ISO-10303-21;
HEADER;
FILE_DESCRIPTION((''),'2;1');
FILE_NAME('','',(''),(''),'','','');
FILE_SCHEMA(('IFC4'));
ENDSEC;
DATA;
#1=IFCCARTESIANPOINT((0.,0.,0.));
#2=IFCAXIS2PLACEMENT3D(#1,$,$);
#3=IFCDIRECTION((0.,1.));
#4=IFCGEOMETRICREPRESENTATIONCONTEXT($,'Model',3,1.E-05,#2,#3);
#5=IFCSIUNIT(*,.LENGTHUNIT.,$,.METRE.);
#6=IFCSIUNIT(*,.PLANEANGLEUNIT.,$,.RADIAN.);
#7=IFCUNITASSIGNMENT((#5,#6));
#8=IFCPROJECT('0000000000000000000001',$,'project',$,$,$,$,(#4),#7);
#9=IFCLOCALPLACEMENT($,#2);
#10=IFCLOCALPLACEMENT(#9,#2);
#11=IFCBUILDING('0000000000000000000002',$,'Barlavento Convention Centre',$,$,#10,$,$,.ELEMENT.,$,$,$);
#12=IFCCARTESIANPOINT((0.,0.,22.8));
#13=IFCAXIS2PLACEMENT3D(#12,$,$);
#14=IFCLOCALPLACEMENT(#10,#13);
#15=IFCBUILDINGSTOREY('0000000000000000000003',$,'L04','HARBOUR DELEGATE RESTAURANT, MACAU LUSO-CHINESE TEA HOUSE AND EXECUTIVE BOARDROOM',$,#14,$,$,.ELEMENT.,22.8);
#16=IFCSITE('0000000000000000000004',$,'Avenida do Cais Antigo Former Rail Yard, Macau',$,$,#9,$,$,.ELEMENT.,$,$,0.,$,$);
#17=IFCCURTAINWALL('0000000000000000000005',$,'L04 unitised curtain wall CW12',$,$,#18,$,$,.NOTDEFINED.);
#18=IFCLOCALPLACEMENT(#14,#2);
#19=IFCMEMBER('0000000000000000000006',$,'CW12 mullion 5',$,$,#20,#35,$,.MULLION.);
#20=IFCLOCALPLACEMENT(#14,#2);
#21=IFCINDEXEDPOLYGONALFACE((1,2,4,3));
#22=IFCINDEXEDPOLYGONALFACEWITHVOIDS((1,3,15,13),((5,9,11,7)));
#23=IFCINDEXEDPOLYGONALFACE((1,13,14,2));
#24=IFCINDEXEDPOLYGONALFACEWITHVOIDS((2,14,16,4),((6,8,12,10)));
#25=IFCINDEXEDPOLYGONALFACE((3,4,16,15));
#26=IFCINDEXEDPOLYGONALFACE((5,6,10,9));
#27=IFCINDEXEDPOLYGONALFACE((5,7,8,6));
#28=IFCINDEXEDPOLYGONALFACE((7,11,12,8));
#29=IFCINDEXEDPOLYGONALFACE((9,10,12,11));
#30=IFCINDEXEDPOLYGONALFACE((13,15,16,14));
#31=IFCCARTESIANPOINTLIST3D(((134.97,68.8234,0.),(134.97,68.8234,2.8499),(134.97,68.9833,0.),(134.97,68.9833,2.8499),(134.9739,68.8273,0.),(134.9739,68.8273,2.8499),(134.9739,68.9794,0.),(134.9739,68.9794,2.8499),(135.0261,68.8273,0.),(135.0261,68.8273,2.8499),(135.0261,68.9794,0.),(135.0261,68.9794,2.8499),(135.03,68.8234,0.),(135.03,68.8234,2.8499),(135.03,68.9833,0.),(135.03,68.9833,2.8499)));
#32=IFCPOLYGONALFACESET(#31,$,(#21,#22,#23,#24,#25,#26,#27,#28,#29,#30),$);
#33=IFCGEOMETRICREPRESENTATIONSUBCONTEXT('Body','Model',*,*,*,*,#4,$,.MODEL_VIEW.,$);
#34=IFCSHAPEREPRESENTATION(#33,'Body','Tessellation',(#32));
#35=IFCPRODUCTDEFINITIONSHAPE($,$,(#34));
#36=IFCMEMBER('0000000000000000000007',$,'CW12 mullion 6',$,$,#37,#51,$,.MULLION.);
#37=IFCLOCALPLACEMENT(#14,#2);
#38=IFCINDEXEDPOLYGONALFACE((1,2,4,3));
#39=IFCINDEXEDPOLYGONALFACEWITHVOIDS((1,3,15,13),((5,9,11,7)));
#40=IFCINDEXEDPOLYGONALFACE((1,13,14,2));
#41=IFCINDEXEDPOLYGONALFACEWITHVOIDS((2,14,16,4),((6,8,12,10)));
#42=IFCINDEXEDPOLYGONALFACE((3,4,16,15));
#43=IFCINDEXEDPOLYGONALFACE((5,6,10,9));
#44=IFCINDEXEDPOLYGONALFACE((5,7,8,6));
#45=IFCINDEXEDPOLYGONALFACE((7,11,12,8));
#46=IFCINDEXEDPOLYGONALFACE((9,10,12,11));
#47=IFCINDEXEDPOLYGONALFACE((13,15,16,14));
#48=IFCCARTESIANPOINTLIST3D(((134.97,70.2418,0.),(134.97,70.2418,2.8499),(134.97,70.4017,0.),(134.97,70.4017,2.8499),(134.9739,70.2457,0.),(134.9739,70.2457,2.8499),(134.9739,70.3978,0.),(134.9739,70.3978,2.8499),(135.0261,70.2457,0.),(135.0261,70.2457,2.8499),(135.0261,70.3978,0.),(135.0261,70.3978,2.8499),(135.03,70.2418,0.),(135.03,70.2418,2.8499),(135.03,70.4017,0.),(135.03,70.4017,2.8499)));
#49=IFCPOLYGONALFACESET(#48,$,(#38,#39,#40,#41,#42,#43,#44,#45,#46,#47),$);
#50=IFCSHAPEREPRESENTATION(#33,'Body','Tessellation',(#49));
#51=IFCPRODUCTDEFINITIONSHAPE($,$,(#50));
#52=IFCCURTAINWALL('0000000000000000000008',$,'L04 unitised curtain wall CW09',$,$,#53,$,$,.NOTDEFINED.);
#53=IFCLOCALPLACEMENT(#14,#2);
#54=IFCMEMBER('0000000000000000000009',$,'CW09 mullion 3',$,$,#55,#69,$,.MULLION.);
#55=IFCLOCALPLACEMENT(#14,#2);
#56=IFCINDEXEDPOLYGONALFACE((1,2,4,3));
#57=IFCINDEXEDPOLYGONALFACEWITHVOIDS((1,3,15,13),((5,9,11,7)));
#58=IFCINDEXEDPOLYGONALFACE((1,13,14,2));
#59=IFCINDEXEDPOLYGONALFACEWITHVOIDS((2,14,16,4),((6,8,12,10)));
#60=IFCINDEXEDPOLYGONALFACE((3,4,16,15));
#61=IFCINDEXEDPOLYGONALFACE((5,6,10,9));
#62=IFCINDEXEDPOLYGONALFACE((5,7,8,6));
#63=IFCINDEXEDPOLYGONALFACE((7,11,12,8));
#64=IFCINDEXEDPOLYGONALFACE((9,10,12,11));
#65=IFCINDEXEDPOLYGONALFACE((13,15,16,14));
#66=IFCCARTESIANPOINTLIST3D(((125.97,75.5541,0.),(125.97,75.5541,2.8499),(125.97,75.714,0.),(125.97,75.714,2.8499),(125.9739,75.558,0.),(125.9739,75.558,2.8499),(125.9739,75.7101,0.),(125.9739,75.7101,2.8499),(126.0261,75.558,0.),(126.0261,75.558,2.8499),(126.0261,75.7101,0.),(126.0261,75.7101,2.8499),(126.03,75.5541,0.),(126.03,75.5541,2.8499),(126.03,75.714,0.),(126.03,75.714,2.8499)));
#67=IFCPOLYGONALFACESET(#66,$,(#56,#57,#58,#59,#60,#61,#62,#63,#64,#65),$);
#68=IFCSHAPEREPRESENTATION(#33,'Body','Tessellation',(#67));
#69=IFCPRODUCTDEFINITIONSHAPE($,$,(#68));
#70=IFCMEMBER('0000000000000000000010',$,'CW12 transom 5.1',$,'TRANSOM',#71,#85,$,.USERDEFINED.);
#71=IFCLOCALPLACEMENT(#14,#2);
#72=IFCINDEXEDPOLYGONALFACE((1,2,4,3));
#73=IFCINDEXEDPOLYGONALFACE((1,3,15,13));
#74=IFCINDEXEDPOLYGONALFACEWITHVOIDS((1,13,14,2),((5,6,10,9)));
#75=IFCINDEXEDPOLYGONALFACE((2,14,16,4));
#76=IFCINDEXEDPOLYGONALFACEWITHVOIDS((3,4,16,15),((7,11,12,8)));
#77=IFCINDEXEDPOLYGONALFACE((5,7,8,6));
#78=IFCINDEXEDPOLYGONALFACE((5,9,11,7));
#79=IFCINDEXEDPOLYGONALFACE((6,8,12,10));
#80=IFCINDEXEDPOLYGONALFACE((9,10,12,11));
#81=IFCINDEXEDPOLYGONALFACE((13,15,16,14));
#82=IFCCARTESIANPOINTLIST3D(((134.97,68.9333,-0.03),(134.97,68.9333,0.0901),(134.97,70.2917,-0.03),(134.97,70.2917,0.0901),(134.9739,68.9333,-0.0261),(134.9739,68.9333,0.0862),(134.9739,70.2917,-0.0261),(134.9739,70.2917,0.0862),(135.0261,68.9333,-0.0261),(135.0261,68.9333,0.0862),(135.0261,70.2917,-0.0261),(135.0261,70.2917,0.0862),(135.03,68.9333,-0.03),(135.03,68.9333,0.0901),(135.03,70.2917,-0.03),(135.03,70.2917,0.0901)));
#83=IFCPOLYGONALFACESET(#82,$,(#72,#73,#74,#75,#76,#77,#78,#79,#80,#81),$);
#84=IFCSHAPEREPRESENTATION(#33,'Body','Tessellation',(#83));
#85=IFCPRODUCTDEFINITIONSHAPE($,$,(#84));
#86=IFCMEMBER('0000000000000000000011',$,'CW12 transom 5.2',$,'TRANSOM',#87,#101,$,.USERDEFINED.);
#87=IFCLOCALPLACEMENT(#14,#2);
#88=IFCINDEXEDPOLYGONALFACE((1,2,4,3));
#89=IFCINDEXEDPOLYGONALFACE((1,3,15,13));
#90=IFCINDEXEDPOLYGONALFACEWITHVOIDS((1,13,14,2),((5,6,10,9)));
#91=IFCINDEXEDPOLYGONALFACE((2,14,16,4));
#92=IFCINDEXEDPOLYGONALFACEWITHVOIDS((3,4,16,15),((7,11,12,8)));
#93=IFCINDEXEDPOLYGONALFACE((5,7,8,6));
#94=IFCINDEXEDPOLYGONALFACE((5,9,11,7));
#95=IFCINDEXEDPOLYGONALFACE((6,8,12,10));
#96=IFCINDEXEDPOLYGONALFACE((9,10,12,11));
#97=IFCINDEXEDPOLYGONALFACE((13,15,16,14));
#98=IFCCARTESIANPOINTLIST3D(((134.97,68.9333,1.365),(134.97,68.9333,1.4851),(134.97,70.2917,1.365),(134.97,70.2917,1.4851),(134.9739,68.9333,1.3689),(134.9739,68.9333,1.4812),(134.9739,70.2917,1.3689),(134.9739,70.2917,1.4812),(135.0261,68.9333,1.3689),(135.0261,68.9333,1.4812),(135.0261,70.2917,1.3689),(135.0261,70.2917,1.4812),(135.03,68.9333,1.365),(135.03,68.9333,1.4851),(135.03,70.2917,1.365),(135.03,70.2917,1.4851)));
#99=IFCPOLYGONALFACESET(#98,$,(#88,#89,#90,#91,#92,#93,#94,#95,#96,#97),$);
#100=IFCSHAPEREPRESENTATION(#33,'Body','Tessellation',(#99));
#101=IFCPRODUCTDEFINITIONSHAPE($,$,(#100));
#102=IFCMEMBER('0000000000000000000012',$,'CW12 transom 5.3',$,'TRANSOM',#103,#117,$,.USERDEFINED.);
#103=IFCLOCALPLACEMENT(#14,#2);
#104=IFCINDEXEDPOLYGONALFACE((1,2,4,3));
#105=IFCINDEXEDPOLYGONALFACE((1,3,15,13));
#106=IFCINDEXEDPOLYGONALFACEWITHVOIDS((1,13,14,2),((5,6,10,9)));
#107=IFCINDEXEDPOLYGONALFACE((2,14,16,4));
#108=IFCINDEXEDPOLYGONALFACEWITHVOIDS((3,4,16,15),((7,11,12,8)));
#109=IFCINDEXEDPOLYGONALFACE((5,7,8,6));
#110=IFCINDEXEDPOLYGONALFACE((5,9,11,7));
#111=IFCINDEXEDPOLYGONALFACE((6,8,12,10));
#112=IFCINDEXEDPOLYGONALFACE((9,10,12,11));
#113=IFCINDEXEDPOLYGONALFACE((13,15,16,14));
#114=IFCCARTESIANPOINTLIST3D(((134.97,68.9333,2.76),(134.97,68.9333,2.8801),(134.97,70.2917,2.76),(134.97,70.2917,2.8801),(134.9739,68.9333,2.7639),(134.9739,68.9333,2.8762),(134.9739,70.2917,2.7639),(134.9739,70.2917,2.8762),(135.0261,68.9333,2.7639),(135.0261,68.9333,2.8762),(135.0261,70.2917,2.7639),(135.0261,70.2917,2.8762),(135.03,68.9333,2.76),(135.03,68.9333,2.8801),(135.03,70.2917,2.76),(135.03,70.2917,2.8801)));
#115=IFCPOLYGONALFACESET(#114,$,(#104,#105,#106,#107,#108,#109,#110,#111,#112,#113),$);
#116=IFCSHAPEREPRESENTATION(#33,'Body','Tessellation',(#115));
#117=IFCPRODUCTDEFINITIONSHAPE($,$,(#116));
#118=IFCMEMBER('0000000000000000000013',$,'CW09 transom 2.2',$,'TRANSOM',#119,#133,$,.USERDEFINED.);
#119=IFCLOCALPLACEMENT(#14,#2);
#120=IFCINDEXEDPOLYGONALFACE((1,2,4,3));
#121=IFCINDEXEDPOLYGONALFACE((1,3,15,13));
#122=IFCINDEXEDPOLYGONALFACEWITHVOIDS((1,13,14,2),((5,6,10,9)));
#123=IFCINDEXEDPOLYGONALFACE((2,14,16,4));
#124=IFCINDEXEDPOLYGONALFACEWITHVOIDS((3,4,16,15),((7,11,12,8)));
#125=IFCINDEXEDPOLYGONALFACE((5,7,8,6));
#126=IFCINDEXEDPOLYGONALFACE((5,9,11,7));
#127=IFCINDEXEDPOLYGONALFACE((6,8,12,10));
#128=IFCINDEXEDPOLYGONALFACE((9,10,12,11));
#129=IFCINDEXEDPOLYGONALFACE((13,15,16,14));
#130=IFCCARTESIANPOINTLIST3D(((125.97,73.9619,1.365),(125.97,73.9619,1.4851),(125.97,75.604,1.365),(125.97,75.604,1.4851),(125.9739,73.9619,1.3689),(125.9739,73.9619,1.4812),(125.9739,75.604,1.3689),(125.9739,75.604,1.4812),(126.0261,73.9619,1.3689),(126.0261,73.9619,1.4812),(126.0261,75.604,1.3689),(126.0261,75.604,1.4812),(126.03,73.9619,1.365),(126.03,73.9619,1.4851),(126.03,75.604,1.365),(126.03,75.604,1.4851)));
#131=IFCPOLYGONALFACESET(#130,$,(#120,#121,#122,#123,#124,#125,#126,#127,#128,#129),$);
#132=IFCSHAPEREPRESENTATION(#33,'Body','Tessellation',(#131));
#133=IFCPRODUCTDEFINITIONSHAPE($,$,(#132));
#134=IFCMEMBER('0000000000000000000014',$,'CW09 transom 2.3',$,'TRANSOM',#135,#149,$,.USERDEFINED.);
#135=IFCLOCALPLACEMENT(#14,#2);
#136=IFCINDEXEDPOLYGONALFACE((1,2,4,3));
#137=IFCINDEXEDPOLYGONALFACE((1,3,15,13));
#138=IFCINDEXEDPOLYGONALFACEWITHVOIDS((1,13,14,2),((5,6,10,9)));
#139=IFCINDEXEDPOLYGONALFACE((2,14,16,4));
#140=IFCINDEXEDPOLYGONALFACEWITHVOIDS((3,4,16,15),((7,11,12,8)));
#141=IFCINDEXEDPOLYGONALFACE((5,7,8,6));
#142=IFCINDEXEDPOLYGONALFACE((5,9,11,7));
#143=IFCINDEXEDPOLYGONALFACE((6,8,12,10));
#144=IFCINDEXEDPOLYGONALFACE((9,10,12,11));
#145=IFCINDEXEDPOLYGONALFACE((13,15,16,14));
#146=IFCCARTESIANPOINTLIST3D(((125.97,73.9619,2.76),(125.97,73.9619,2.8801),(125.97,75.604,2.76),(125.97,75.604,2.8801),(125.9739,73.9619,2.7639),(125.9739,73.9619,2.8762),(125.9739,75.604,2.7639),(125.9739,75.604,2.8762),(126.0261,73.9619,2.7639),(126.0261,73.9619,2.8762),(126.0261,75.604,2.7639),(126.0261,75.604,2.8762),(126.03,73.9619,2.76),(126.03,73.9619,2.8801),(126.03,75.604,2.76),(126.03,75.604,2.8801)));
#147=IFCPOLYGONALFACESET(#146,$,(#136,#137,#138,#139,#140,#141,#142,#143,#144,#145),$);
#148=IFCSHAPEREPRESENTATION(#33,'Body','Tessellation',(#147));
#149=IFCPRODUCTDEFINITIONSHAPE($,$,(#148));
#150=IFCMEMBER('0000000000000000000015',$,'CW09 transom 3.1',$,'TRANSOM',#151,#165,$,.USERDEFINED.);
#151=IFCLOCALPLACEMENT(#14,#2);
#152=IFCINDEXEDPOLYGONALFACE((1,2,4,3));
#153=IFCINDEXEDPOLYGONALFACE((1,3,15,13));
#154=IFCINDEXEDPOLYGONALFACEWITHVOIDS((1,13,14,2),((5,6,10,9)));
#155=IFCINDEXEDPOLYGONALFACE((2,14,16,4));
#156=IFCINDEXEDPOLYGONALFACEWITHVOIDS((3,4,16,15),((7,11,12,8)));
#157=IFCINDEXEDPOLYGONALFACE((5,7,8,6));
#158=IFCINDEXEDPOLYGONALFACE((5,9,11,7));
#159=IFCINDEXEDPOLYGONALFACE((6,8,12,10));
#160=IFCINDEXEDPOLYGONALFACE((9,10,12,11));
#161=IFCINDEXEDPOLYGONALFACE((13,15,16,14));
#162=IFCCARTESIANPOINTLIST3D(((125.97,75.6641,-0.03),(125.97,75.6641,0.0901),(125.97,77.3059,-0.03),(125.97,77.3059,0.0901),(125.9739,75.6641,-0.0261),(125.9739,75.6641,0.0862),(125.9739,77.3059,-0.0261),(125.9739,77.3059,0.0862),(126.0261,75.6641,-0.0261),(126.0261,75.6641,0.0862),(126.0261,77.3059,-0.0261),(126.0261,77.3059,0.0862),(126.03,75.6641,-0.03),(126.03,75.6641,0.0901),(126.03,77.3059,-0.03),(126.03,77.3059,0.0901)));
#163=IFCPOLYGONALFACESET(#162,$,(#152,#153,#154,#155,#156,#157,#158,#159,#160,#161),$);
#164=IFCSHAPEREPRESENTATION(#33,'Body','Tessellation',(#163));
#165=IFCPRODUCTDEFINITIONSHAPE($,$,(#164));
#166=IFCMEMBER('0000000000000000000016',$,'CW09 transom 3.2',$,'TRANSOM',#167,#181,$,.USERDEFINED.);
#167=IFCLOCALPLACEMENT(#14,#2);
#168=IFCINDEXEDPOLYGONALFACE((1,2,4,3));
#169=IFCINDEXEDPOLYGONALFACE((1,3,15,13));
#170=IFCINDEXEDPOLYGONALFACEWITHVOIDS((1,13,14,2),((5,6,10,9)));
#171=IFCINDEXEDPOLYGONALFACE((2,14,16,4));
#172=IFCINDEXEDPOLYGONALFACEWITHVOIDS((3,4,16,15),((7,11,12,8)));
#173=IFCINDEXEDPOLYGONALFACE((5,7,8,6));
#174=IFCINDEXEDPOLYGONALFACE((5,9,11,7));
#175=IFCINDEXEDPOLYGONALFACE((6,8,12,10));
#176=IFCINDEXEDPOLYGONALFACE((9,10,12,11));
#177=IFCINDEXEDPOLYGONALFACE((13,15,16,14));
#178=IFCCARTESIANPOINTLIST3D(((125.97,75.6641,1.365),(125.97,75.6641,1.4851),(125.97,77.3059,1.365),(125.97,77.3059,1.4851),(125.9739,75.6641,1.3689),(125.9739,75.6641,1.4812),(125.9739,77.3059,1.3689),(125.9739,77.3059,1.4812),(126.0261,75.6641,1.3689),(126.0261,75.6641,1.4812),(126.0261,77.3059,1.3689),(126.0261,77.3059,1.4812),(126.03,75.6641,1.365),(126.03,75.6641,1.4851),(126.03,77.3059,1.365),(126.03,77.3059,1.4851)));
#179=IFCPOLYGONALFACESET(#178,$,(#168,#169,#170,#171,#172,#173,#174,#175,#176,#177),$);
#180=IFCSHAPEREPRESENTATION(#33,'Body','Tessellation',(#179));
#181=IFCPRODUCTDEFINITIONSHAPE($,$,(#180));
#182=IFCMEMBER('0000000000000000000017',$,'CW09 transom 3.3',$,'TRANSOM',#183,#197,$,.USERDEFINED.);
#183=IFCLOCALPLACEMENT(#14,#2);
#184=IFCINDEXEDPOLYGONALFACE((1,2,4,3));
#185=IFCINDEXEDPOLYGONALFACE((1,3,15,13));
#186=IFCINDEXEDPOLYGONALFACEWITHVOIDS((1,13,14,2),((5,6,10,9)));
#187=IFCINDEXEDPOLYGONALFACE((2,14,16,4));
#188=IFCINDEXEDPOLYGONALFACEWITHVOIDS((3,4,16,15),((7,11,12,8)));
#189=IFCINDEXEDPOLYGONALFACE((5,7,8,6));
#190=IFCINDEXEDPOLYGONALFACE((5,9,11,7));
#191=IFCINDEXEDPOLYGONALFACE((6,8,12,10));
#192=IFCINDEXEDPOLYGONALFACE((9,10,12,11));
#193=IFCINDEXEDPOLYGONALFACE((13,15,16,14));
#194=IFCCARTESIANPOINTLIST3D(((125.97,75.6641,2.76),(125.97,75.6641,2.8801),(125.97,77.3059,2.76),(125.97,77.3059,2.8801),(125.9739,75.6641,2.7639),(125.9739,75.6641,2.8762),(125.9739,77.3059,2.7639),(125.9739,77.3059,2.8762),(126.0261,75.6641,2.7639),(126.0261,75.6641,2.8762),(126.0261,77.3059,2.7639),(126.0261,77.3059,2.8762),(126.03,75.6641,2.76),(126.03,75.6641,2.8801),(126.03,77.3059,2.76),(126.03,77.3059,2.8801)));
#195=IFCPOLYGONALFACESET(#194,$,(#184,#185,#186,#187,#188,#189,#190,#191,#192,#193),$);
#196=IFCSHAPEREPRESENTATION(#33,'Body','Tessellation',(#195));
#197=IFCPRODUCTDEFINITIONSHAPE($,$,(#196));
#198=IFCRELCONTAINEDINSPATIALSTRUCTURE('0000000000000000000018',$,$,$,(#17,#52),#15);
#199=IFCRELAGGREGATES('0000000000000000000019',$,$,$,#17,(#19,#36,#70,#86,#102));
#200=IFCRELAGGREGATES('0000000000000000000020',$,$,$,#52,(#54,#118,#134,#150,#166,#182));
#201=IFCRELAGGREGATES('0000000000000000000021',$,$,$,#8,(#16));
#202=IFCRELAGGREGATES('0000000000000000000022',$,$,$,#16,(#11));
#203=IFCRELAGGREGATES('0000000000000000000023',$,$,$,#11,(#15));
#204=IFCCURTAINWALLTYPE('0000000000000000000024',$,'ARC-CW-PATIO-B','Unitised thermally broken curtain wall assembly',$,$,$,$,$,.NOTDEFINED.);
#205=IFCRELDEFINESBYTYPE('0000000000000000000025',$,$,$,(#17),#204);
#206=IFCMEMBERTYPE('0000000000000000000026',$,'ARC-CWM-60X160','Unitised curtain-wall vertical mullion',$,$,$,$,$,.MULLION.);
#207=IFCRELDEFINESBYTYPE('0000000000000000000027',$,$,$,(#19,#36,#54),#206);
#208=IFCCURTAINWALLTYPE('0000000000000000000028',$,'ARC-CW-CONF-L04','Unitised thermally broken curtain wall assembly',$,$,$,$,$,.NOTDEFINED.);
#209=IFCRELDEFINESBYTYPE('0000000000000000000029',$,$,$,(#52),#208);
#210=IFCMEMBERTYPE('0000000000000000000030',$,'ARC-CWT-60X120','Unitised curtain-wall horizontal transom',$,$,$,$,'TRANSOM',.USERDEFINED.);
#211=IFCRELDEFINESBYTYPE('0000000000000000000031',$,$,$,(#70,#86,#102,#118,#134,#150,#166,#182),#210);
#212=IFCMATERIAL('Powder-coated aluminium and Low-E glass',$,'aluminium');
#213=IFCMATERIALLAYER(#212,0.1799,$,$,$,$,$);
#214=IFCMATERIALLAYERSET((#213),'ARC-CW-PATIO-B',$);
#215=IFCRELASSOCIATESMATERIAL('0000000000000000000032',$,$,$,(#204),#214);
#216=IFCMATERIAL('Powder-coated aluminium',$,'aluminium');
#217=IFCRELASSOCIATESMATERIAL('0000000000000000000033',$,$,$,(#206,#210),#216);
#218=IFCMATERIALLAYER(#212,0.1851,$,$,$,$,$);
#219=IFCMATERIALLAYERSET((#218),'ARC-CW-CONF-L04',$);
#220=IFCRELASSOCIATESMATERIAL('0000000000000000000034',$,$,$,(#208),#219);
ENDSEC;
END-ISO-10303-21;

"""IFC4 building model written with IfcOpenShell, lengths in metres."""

from ifc_helpers import new_model, si_unit, direction, frame, origin, origin_2d, place, context, subcontext, project, spatial, hollow_rectangle, extrude, material, layer, layer_set, material_profile, profile_set, type_object, element, aggregate, save


model = new_model("IFC4")

# Units and contexts
model_context = context("Model", 3, precision=1e-05, world=origin(), true_north=direction((0.0, 1.0)))
body_context = subcontext(model_context, "Body", "Model", "MODEL_VIEW")
ifc_project = project(units=[si_unit("LENGTHUNIT", "METRE"), si_unit("PLANEANGLEUNIT", "RADIAN")], contexts=[model_context])

# Site, building, storey
site_placement = place(None, origin())
site = spatial("IfcSite", under=ifc_project, at=site_placement, Name="Avenida do Cais Antigo Former Rail Yard, Macau", CompositionType="ELEMENT", RefElevation=0.0)
building_placement = place(site_placement, origin())
building = spatial("IfcBuilding", under=site, at=building_placement, Name="Barlavento Convention Centre", CompositionType="ELEMENT")
storey_placement = place(building_placement, frame((0.0, 0.0, 22.8)))
storey = spatial("IfcBuildingStorey", under=building, at=storey_placement, Name="L04", Description="HARBOUR DELEGATE RESTAURANT, MACAU LUSO-CHINESE TEA HOUSE AND EXECUTIVE BOARDROOM", CompositionType="ELEMENT", Elevation=22.8)

# Curtain wall, members
ifc_material_1 = material(Name="Powder-coated aluminium and Low-E glass", Category="aluminium")
ifc_layer_1 = layer(ifc_material_1, 0.1799)
ifc_layer_set_1 = layer_set([ifc_layer_1], Name="ARC-CW-PATIO-B")
curtain_wall_type_1 = type_object("IfcCurtainWallType", Name="ARC-CW-PATIO-B", Description="Unitised thermally broken curtain wall assembly", PredefinedType="NOTDEFINED", material=ifc_layer_set_1)
curtain_wall_1_placement = place(storey_placement, origin())
curtain_wall_1 = element("IfcCurtainWall", 1, at=curtain_wall_1_placement, inside=storey, type_object=curtain_wall_type_1, Name="L04 unitised curtain wall CW12", PredefinedType="NOTDEFINED")
ifc_material_2 = material(Name="Powder-coated aluminium", Category="aluminium")
ifc_material_profile_1 = material_profile(ifc_material_2, hollow_rectangle(XDim=0.0601, YDim=0.1599, WallThickness=0.0039, at=origin_2d()), Name="AL-MULL 60x160x4")
ifc_profile_set_1 = profile_set([ifc_material_profile_1], Name="Powder-coated aluminium")
member_type_1 = type_object("IfcMemberType", Name="ARC-CWM-60X160", Description="Unitised curtain-wall vertical mullion", PredefinedType="MULLION", material=ifc_profile_set_1)
member_1_placement = place(storey_placement, frame((135.0, 68.9033, 0.0), z_axis=(0.0, 0.0, 1.0), x_axis=(-1.0, 0.0, 0.0)))
member_1 = element("IfcMember", 2, at=member_1_placement, type_object=member_type_1, Name="CW12 mullion 5", PredefinedType="MULLION", context=body_context, shape_type="SweptSolid", body=[
    extrude(hollow_rectangle(XDim=0.0601, YDim=0.1599, WallThickness=0.0039, at=origin_2d()), origin(), (0.0, 0.0, 1.0), 2.8499),
])
member_2_placement = place(storey_placement, frame((135.0, 70.3218, 0.0), z_axis=(0.0, 0.0, 1.0), x_axis=(-1.0, 0.0, 0.0)))
member_2 = element("IfcMember", 3, at=member_2_placement, type_object=member_type_1, Name="CW12 mullion 6", PredefinedType="MULLION", context=body_context, shape_type="SweptSolid", body=[
    extrude(hollow_rectangle(XDim=0.0601, YDim=0.1599, WallThickness=0.0039, at=origin_2d()), origin(), (0.0, 0.0, 1.0), 2.8499),
])

# Curtain wall, member
ifc_layer_2 = layer(ifc_material_1, 0.1851)
ifc_layer_set_2 = layer_set([ifc_layer_2], Name="ARC-CW-CONF-L04")
curtain_wall_type_2 = type_object("IfcCurtainWallType", Name="ARC-CW-CONF-L04", Description="Unitised thermally broken curtain wall assembly", PredefinedType="NOTDEFINED", material=ifc_layer_set_2)
curtain_wall_2_placement = place(storey_placement, origin())
curtain_wall_2 = element("IfcCurtainWall", 4, at=curtain_wall_2_placement, inside=storey, type_object=curtain_wall_type_2, Name="L04 unitised curtain wall CW09", PredefinedType="NOTDEFINED")
member_3_placement = place(storey_placement, frame((126.0, 75.634, 0.0), z_axis=(0.0, 0.0, 1.0), x_axis=(-1.0, 0.0, 0.0)))
member_3 = element("IfcMember", 5, at=member_3_placement, type_object=member_type_1, Name="CW09 mullion 3", PredefinedType="MULLION", context=body_context, shape_type="SweptSolid", body=[
    extrude(hollow_rectangle(XDim=0.0601, YDim=0.1599, WallThickness=0.0039, at=origin_2d()), origin(), (0.0, 0.0, 1.0), 2.8499),
])

# Members
ifc_material_profile_2 = material_profile(ifc_material_2, hollow_rectangle(XDim=0.0601, YDim=0.1201, WallThickness=0.0039, at=origin_2d()), Name="AL-TRAN 60x120x4")
ifc_profile_set_2 = profile_set([ifc_material_profile_2], Name="Powder-coated aluminium")
member_type_2 = type_object("IfcMemberType", Name="ARC-CWT-60X120", Description="Unitised curtain-wall horizontal transom", ElementType="TRANSOM", PredefinedType="USERDEFINED", material=ifc_profile_set_2)
member_4_placement = place(storey_placement, frame((135.0, 68.9333, 0.03), z_axis=(0.0, 1.0, 0.0), x_axis=(-1.0, 0.0, 0.0)))
member_4 = element("IfcMember", 6, at=member_4_placement, type_object=member_type_2, Name="CW12 transom 5.1", ObjectType="TRANSOM", PredefinedType="USERDEFINED", context=body_context, shape_type="SweptSolid", body=[
    extrude(hollow_rectangle(XDim=0.0601, YDim=0.1201, WallThickness=0.0039, at=origin_2d()), origin(), (0.0, 0.0, 1.0), 1.3584),
])
member_5_placement = place(storey_placement, frame((135.0, 68.9333, 1.425), z_axis=(0.0, 1.0, 0.0), x_axis=(-1.0, 0.0, 0.0)))
member_5 = element("IfcMember", 7, at=member_5_placement, type_object=member_type_2, Name="CW12 transom 5.2", ObjectType="TRANSOM", PredefinedType="USERDEFINED", context=body_context, shape_type="SweptSolid", body=[
    extrude(hollow_rectangle(XDim=0.0601, YDim=0.1201, WallThickness=0.0039, at=origin_2d()), origin(), (0.0, 0.0, 1.0), 1.3584),
])
member_6_placement = place(storey_placement, frame((135.0, 68.9333, 2.8201), z_axis=(0.0, 1.0, 0.0), x_axis=(-1.0, 0.0, 0.0)))
member_6 = element("IfcMember", 8, at=member_6_placement, type_object=member_type_2, Name="CW12 transom 5.3", ObjectType="TRANSOM", PredefinedType="USERDEFINED", context=body_context, shape_type="SweptSolid", body=[
    extrude(hollow_rectangle(XDim=0.0601, YDim=0.1201, WallThickness=0.0039, at=origin_2d()), origin(), (0.0, 0.0, 1.0), 1.3584),
])
member_7_placement = place(storey_placement, frame((126.0, 73.9619, 1.425), z_axis=(0.0, 1.0, 0.0), x_axis=(-1.0, 0.0, 0.0)))
member_7 = element("IfcMember", 9, at=member_7_placement, type_object=member_type_2, Name="CW09 transom 2.2", ObjectType="TRANSOM", PredefinedType="USERDEFINED", context=body_context, shape_type="SweptSolid", body=[
    extrude(hollow_rectangle(XDim=0.0601, YDim=0.1201, WallThickness=0.0039, at=origin_2d()), origin(), (0.0, 0.0, 1.0), 1.6421),
])
member_8_placement = place(storey_placement, frame((126.0, 73.9619, 2.8201), z_axis=(0.0, 1.0, 0.0), x_axis=(-1.0, 0.0, 0.0)))
member_8 = element("IfcMember", 10, at=member_8_placement, type_object=member_type_2, Name="CW09 transom 2.3", ObjectType="TRANSOM", PredefinedType="USERDEFINED", context=body_context, shape_type="SweptSolid", body=[
    extrude(hollow_rectangle(XDim=0.0601, YDim=0.1201, WallThickness=0.0039, at=origin_2d()), origin(), (0.0, 0.0, 1.0), 1.6421),
])
member_9_placement = place(storey_placement, frame((126.0, 75.6641, 0.03), z_axis=(0.0, 1.0, 0.0), x_axis=(-1.0, 0.0, 0.0)))
member_9 = element("IfcMember", 11, at=member_9_placement, type_object=member_type_2, Name="CW09 transom 3.1", ObjectType="TRANSOM", PredefinedType="USERDEFINED", context=body_context, shape_type="SweptSolid", body=[
    extrude(hollow_rectangle(XDim=0.0601, YDim=0.1201, WallThickness=0.0039, at=origin_2d()), origin(), (0.0, 0.0, 1.0), 1.6418),
])
member_10_placement = place(storey_placement, frame((126.0, 75.6641, 1.425), z_axis=(0.0, 1.0, 0.0), x_axis=(-1.0, 0.0, 0.0)))
member_10 = element("IfcMember", 12, at=member_10_placement, type_object=member_type_2, Name="CW09 transom 3.2", ObjectType="TRANSOM", PredefinedType="USERDEFINED", context=body_context, shape_type="SweptSolid", body=[
    extrude(hollow_rectangle(XDim=0.0601, YDim=0.1201, WallThickness=0.0039, at=origin_2d()), origin(), (0.0, 0.0, 1.0), 1.6418),
])
member_11_placement = place(storey_placement, frame((126.0, 75.6641, 2.8201), z_axis=(0.0, 1.0, 0.0), x_axis=(-1.0, 0.0, 0.0)))
member_11 = element("IfcMember", 13, at=member_11_placement, type_object=member_type_2, Name="CW09 transom 3.3", ObjectType="TRANSOM", PredefinedType="USERDEFINED", context=body_context, shape_type="SweptSolid", body=[
    extrude(hollow_rectangle(XDim=0.0601, YDim=0.1201, WallThickness=0.0039, at=origin_2d()), origin(), (0.0, 0.0, 1.0), 1.6418),
])

aggregate(curtain_wall_1, [member_1, member_2, member_4, member_5, member_6])
aggregate(curtain_wall_2, [member_3, member_7, member_8, member_9, member_10, member_11])

save(model, "model.ifc")
